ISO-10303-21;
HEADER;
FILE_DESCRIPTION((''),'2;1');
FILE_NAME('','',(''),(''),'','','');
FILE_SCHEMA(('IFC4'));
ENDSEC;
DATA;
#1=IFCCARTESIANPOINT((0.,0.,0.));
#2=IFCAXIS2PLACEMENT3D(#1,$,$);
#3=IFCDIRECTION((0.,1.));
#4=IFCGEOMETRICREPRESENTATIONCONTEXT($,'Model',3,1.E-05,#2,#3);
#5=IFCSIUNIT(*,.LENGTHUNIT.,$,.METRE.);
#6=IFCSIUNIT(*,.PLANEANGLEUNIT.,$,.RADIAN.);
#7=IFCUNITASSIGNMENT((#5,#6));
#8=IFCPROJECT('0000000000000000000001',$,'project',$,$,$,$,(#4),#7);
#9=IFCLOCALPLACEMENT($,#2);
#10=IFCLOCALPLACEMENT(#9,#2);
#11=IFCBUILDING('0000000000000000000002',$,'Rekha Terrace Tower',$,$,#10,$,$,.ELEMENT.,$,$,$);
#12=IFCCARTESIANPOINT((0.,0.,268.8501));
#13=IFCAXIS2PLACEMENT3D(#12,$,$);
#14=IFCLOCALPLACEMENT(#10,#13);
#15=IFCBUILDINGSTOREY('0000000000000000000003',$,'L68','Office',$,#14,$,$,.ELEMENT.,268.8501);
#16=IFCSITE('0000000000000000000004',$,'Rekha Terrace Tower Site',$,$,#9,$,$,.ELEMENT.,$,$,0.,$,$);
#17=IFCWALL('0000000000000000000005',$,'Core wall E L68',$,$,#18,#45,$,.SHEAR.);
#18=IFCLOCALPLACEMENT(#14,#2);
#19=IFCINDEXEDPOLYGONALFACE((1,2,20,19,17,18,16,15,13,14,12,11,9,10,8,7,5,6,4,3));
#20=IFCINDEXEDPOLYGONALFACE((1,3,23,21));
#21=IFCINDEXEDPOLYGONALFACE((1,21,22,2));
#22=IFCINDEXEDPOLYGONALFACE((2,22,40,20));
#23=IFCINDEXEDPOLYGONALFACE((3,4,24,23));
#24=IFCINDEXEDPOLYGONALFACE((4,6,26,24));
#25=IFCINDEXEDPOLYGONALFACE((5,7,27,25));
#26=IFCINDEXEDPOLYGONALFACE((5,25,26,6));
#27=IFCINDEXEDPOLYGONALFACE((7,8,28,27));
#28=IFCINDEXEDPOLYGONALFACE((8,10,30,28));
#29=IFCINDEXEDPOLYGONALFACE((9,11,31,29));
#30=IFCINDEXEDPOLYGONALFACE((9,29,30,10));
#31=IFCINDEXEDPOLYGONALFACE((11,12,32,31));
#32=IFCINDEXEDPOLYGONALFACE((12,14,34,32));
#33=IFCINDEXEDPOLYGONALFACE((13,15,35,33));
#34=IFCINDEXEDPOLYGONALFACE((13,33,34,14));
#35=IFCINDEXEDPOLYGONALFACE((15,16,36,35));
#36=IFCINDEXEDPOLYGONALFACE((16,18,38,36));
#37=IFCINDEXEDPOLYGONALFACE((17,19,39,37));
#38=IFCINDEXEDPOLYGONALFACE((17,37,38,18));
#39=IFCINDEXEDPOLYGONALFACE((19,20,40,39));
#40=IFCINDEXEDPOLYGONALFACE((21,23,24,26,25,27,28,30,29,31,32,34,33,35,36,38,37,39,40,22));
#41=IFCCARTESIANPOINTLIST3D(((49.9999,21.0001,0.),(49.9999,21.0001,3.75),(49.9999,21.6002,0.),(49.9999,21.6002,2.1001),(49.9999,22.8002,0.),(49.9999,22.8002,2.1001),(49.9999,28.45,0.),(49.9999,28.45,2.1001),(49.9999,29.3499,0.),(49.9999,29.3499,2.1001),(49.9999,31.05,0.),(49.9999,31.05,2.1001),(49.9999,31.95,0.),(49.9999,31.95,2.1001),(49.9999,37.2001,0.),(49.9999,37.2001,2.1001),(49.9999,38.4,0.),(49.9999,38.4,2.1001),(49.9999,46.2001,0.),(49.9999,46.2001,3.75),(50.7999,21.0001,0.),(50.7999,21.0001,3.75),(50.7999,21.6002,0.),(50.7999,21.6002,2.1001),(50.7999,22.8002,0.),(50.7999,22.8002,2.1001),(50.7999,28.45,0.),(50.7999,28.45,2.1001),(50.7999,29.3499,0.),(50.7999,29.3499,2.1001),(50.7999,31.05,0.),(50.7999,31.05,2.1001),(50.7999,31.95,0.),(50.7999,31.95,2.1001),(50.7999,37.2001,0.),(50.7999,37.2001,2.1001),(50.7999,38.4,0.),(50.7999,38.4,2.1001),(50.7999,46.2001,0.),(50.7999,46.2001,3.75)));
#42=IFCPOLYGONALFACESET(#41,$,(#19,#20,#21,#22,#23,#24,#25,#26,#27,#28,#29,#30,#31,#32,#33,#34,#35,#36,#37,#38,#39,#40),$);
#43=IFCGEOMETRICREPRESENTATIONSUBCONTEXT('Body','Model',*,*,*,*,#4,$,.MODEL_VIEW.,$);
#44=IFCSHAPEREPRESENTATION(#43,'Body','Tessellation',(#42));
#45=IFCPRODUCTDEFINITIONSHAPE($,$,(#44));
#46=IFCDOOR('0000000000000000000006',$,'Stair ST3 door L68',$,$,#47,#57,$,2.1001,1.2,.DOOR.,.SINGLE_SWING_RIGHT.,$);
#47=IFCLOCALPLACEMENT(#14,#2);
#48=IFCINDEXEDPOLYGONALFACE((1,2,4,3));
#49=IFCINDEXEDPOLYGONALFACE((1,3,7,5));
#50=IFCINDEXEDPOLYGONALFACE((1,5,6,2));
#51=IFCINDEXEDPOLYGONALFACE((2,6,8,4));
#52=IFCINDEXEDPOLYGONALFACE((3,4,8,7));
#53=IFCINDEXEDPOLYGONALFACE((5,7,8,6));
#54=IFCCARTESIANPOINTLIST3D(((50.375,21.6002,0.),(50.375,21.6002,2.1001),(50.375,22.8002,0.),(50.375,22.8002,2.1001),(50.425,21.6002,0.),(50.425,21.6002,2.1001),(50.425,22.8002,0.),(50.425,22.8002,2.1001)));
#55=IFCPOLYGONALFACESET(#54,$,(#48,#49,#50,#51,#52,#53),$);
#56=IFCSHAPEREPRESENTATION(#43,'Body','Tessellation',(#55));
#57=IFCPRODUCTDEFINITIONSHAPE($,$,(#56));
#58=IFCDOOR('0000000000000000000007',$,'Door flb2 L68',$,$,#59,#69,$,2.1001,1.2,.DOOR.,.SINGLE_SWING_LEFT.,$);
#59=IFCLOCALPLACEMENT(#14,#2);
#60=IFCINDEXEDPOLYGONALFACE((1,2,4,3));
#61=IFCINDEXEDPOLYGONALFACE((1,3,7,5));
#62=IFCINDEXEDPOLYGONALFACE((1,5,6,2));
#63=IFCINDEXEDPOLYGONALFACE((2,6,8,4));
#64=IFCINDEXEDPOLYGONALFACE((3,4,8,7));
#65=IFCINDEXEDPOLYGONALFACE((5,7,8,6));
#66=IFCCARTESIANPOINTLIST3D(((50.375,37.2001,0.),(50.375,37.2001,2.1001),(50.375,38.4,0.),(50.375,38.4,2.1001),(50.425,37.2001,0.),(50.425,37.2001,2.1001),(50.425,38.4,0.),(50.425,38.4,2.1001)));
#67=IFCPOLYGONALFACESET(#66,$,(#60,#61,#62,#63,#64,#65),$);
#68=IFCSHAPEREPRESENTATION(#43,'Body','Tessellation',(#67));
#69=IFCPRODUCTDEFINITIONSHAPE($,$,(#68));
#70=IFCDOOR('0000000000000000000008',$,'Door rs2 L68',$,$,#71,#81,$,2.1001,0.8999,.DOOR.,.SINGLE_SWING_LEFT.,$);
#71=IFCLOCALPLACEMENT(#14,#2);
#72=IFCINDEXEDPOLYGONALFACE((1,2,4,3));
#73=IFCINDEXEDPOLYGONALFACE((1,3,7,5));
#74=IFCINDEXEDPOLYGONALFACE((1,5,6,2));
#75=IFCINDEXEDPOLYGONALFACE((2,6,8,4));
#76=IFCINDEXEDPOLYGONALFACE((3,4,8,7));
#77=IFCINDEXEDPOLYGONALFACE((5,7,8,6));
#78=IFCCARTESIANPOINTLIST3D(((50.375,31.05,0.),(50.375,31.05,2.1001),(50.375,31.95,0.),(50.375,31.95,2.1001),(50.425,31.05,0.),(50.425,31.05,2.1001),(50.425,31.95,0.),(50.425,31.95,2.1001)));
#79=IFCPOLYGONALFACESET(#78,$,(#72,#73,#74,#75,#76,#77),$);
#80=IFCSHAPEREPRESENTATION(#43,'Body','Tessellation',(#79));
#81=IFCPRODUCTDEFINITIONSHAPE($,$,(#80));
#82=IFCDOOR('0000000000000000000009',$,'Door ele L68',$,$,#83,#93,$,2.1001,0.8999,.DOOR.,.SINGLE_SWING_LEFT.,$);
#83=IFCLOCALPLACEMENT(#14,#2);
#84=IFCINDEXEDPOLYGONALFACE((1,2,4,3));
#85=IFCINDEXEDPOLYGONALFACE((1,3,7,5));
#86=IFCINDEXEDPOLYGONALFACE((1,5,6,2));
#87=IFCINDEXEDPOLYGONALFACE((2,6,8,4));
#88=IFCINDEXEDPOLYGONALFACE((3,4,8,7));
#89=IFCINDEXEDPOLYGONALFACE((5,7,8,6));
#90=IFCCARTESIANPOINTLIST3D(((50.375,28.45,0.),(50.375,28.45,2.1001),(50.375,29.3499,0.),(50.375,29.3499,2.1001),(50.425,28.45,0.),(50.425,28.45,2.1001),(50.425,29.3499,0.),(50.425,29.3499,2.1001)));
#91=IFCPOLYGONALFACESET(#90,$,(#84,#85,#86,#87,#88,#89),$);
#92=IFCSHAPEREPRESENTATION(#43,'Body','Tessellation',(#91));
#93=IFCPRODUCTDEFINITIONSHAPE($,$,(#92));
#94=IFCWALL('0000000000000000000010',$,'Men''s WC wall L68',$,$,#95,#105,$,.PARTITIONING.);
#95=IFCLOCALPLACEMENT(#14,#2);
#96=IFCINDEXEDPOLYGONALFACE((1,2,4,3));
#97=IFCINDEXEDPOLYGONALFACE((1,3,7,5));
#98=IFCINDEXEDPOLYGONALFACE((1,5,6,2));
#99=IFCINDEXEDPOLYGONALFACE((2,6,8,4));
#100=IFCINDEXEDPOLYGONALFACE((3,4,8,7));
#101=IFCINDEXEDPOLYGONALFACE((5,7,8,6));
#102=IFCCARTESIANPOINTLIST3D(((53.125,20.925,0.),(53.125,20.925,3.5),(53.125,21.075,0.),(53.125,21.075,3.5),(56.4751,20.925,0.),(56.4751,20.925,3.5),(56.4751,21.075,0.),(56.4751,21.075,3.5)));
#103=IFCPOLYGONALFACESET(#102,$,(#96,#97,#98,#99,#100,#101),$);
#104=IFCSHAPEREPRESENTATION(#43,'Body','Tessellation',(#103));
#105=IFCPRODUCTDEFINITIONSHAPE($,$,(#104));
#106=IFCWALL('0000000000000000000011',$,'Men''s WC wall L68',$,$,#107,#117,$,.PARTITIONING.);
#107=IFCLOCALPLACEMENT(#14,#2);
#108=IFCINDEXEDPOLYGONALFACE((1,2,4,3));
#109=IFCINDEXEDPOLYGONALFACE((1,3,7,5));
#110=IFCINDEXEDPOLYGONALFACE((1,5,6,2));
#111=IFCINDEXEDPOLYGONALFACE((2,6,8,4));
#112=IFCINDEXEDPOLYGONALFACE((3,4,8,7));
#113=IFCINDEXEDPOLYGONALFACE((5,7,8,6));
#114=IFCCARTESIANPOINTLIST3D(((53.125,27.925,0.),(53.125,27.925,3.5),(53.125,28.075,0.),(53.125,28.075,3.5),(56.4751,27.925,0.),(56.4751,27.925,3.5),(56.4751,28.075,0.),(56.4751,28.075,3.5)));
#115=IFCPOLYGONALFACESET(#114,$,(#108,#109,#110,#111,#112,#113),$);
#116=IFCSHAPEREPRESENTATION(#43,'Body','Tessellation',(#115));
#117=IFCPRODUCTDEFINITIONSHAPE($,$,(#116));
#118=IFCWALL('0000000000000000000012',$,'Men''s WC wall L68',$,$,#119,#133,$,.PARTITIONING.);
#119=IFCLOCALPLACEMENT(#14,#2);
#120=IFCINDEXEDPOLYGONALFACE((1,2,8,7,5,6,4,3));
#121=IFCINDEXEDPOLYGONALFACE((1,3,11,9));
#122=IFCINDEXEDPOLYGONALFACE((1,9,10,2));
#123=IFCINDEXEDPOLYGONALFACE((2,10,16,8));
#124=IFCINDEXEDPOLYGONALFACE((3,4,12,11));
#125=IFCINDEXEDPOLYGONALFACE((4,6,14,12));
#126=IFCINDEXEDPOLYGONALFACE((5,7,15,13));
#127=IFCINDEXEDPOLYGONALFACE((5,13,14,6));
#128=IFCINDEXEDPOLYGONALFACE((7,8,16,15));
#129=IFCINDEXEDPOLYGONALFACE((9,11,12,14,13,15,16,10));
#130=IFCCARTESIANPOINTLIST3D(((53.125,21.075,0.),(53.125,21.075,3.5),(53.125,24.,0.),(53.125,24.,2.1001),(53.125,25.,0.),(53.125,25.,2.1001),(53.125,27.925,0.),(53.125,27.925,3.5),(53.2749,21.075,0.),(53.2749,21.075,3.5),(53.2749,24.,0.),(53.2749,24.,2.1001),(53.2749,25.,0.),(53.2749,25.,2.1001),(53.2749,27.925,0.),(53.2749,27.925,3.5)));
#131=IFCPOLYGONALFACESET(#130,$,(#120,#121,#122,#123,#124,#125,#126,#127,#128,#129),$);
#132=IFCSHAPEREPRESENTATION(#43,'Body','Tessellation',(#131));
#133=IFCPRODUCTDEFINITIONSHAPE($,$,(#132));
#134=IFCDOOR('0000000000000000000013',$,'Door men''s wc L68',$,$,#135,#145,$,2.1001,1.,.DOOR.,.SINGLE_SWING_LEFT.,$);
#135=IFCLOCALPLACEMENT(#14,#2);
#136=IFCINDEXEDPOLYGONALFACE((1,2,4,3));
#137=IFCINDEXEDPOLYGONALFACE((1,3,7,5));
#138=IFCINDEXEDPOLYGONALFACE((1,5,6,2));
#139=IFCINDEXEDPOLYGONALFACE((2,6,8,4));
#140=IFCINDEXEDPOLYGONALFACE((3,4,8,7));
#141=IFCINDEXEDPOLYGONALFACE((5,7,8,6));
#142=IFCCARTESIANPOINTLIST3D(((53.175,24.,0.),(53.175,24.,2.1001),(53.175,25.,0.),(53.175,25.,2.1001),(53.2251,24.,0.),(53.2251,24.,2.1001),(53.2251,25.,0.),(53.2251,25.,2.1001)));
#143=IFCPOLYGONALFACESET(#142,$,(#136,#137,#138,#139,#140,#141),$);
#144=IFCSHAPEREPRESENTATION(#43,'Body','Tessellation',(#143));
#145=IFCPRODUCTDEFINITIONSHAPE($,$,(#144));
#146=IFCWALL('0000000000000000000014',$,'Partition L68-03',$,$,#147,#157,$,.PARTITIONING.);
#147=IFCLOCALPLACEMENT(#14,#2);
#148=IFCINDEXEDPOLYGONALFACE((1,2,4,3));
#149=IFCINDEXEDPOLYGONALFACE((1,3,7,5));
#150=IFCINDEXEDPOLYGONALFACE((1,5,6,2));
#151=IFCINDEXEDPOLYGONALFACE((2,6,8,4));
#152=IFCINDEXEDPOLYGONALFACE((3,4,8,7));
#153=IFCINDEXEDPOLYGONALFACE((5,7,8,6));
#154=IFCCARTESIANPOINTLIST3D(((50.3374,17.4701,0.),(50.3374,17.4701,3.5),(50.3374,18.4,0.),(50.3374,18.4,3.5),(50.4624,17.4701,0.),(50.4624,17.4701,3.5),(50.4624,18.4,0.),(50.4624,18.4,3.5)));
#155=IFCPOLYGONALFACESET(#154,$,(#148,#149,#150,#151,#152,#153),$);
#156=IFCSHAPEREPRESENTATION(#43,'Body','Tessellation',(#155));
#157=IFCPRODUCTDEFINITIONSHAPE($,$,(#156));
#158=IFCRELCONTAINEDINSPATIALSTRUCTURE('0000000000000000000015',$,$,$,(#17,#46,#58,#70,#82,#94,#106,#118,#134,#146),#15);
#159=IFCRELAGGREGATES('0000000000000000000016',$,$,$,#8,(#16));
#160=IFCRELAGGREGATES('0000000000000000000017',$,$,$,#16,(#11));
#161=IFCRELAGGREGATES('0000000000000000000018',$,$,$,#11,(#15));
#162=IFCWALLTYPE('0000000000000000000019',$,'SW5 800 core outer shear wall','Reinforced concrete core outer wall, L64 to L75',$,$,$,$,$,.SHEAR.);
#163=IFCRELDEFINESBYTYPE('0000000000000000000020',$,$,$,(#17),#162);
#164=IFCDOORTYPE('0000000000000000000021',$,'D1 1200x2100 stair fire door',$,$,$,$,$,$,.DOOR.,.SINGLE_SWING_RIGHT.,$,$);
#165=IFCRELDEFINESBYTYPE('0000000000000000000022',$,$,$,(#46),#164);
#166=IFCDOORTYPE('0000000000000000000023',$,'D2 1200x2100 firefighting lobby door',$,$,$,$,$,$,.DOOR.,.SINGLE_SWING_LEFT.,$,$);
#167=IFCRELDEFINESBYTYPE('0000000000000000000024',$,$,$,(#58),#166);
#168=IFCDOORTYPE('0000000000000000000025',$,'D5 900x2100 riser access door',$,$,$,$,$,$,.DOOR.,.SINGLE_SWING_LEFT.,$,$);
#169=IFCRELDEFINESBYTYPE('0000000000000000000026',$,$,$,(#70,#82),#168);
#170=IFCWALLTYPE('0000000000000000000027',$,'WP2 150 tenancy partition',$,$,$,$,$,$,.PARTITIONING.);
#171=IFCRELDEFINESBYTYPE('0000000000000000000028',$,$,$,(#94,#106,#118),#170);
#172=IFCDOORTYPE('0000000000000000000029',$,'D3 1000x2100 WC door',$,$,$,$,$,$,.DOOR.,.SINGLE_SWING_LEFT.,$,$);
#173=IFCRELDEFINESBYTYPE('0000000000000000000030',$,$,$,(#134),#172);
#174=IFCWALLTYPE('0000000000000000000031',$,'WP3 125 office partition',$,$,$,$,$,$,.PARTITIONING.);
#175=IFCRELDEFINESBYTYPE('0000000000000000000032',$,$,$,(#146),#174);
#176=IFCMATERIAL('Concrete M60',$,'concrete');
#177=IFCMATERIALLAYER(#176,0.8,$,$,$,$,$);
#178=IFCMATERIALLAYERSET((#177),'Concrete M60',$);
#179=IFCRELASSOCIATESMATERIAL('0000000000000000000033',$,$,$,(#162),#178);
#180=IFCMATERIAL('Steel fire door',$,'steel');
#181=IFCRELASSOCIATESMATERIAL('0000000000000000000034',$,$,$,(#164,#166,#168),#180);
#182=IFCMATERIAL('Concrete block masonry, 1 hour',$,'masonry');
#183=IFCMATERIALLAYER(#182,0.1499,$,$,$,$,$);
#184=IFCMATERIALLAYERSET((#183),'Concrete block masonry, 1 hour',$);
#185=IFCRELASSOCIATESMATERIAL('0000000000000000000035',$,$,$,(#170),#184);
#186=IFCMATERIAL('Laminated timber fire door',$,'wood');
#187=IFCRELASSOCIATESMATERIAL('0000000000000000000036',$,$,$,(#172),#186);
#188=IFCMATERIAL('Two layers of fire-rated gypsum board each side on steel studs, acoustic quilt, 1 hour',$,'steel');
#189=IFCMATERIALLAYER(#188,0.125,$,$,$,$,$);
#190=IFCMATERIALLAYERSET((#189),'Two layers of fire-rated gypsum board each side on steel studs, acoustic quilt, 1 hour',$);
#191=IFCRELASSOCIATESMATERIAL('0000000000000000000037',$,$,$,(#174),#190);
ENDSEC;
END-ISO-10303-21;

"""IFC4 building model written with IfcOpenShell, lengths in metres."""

from ifc_helpers import new_model, si_unit, direction, frame, frame_2d, origin, place, context, subcontext, project, spatial, rectangle, extrude, material, layer, layer_set, type_object, element, fill, save


model = new_model("IFC4")

# Units and contexts
model_context = context("Model", 3, precision=1e-05, world=origin(), true_north=direction((0.0, 1.0)))
body_context = subcontext(model_context, "Body", "Model", "MODEL_VIEW")
ifc_project = project(units=[si_unit("LENGTHUNIT", "METRE"), si_unit("PLANEANGLEUNIT", "RADIAN")], contexts=[model_context])

# Site, building, storey
site_placement = place(None, origin())
site = spatial("IfcSite", under=ifc_project, at=site_placement, Name="Rekha Terrace Tower Site", CompositionType="ELEMENT", RefElevation=0.0)
building_placement = place(site_placement, origin())
building = spatial("IfcBuilding", under=site, at=building_placement, Name="Rekha Terrace Tower", CompositionType="ELEMENT")
storey_placement = place(building_placement, frame((0.0, 0.0, 268.8501)))
storey = spatial("IfcBuildingStorey", under=building, at=storey_placement, Name="L68", Description="Office", CompositionType="ELEMENT", Elevation=268.8501)

# Shared definitions
ifc_material_1 = material(Name="Concrete M60", Category="concrete")

# Wall, openings, doors
ifc_layer_1 = layer(ifc_material_1, 0.8)
ifc_layer_set_1 = layer_set([ifc_layer_1], Name="Concrete M60")
wall_type_1 = type_object("IfcWallType", Name="SW5 800 core outer shear wall", Description="Reinforced concrete core outer wall, L64 to L75", PredefinedType="SHEAR", material=ifc_layer_set_1)
wall_1_placement = place(storey_placement, frame((50.3999, 21.0, 0.0), z_axis=(0.0, 0.0, 1.0), x_axis=(0.0, 1.0, 0.0)))
wall_1 = element("IfcWall", 1, at=wall_1_placement, inside=storey, type_object=wall_type_1, Name="Core wall E L68", PredefinedType="SHEAR", context=body_context, shape_type="SweptSolid", body=[
    extrude(rectangle(XDim=25.2, YDim=0.8, at=frame_2d((12.6001, 0.0))), origin(), (0.0, 0.0, 1.0), 3.75),
])
opening_1_placement = place(wall_1_placement, frame((16.2, 0.0, 0.0)))
opening_1 = element("IfcOpeningElement", 2, at=opening_1_placement, cuts=wall_1, PredefinedType="OPENING", context=body_context, shape_type="SweptSolid", body=[
    extrude(rectangle(XDim=1.2, YDim=2.1001, at=frame_2d((0.6001, 1.05))), frame((0.0, 0.4099, 0.0), z_axis=(0.0, -1.0, 0.0), x_axis=(1.0, 0.0, 0.0)), (0.0, 0.0, 1.0), 0.8201),
])
opening_2_placement = place(wall_1_placement, frame((10.05, 0.0, 0.0)))
opening_2 = element("IfcOpeningElement", 3, at=opening_2_placement, cuts=wall_1, PredefinedType="OPENING", context=body_context, shape_type="SweptSolid", body=[
    extrude(rectangle(XDim=0.8999, YDim=2.1001, at=frame_2d((0.45, 1.05))), frame((0.0, 0.4099, 0.0), z_axis=(0.0, -1.0, 0.0), x_axis=(1.0, 0.0, 0.0)), (0.0, 0.0, 1.0), 0.8201),
])
opening_3_placement = place(wall_1_placement, frame((7.45, 0.0, 0.0)))
opening_3 = element("IfcOpeningElement", 4, at=opening_3_placement, cuts=wall_1, PredefinedType="OPENING", context=body_context, shape_type="SweptSolid", body=[
    extrude(rectangle(XDim=0.8999, YDim=2.1001, at=frame_2d((0.45, 1.05))), frame((0.0, 0.4099, 0.0), z_axis=(0.0, -1.0, 0.0), x_axis=(1.0, 0.0, 0.0)), (0.0, 0.0, 1.0), 0.8201),
])
opening_4_placement = place(wall_1_placement, frame((0.6001, 0.0, 0.0)))
opening_4 = element("IfcOpeningElement", 5, at=opening_4_placement, cuts=wall_1, PredefinedType="OPENING", context=body_context, shape_type="SweptSolid", body=[
    extrude(rectangle(XDim=1.2, YDim=2.1001, at=frame_2d((0.6001, 1.05))), frame((0.0, 0.4099, 0.0), z_axis=(0.0, -1.0, 0.0), x_axis=(1.0, 0.0, 0.0)), (0.0, 0.0, 1.0), 0.8201),
])
ifc_material_2 = material(Name="Steel fire door", Category="steel")
door_type_1 = type_object("IfcDoorType", Name="D1 1200x2100 stair fire door", OperationType="SINGLE_SWING_RIGHT", PredefinedType="DOOR", material=ifc_material_2)
door_1_placement = place(opening_4_placement, origin())
door_1 = element("IfcDoor", 6, at=door_1_placement, inside=storey, type_object=door_type_1, Name="Stair ST3 door L68", OperationType="SINGLE_SWING_RIGHT", OverallHeight=2.1001, OverallWidth=1.2, PredefinedType="DOOR", context=body_context, shape_type="SweptSolid", body=[
    extrude(rectangle(XDim=1.2, YDim=2.1001, at=frame_2d((0.6001, 1.05))), frame((0.0, 0.0249, 0.0), z_axis=(0.0, -1.0, 0.0), x_axis=(1.0, 0.0, 0.0)), (0.0, 0.0, 1.0), 0.05),
])
fill(opening_4, door_1)
door_type_2 = type_object("IfcDoorType", Name="D2 1200x2100 firefighting lobby door", OperationType="SINGLE_SWING_LEFT", PredefinedType="DOOR", material=ifc_material_2)
door_2_placement = place(opening_1_placement, origin())
door_2 = element("IfcDoor", 7, at=door_2_placement, inside=storey, type_object=door_type_2, Name="Door flb2 L68", OperationType="SINGLE_SWING_LEFT", OverallHeight=2.1001, OverallWidth=1.2, PredefinedType="DOOR", context=body_context, shape_type="SweptSolid", body=[
    extrude(rectangle(XDim=1.2, YDim=2.1001, at=frame_2d((0.6001, 1.05))), frame((0.0, 0.0249, 0.0), z_axis=(0.0, -1.0, 0.0), x_axis=(1.0, 0.0, 0.0)), (0.0, 0.0, 1.0), 0.05),
])
fill(opening_1, door_2)
door_type_3 = type_object("IfcDoorType", Name="D5 900x2100 riser access door", OperationType="SINGLE_SWING_LEFT", PredefinedType="DOOR", material=ifc_material_2)
door_3_placement = place(opening_2_placement, origin())
door_3 = element("IfcDoor", 8, at=door_3_placement, inside=storey, type_object=door_type_3, Name="Door rs2 L68", OperationType="SINGLE_SWING_LEFT", OverallHeight=2.1001, OverallWidth=0.8999, PredefinedType="DOOR", context=body_context, shape_type="SweptSolid", body=[
    extrude(rectangle(XDim=0.8999, YDim=2.1001, at=frame_2d((0.45, 1.05))), frame((0.0, 0.0249, 0.0), z_axis=(0.0, -1.0, 0.0), x_axis=(1.0, 0.0, 0.0)), (0.0, 0.0, 1.0), 0.05),
])
fill(opening_2, door_3)
door_4_placement = place(opening_3_placement, origin())
door_4 = element("IfcDoor", 9, at=door_4_placement, inside=storey, type_object=door_type_3, Name="Door ele L68", OperationType="SINGLE_SWING_LEFT", OverallHeight=2.1001, OverallWidth=0.8999, PredefinedType="DOOR", context=body_context, shape_type="SweptSolid", body=[
    extrude(rectangle(XDim=0.8999, YDim=2.1001, at=frame_2d((0.45, 1.05))), frame((0.0, 0.0249, 0.0), z_axis=(0.0, -1.0, 0.0), x_axis=(1.0, 0.0, 0.0)), (0.0, 0.0, 1.0), 0.05),
])
fill(opening_3, door_4)

# Walls
ifc_material_3 = material(Name="Concrete block masonry, 1 hour", Category="masonry")
ifc_layer_2 = layer(ifc_material_3, 0.1499)
ifc_layer_set_2 = layer_set([ifc_layer_2], Name="Concrete block masonry, 1 hour")
wall_type_2 = type_object("IfcWallType", Name="WP2 150 tenancy partition", PredefinedType="PARTITIONING", material=ifc_layer_set_2)
for number, where, z_axis, x_axis, name in (
    (10, (53.125, 21.0, 0.0), (0.0, 0.0, 1.0), (1.0, 0.0, 0.0), "Men's WC wall L68"),
    (11, (53.125, 28.0, 0.0), (0.0, 0.0, 1.0), (1.0, 0.0, 0.0), "Men's WC wall L68"),
):
    element("IfcWall", number, at=place(storey_placement, frame(where, z_axis=z_axis, x_axis=x_axis)), inside=storey, type_object=wall_type_2, Name=name, PredefinedType="PARTITIONING", context=body_context, shape_type="SweptSolid", body=[
        extrude(rectangle(XDim=3.3501, YDim=0.1499, at=frame_2d((1.675, 0.0))), origin(), (0.0, 0.0, 1.0), 3.5),
    ])

# Wall, opening, door
wall_2_placement = place(storey_placement, frame((53.2, 21.075, 0.0), z_axis=(0.0, 0.0, 1.0), x_axis=(0.0, 1.0, 0.0)))
wall_2 = element("IfcWall", 12, at=wall_2_placement, inside=storey, type_object=wall_type_2, Name="Men's WC wall L68", PredefinedType="PARTITIONING", context=body_context, shape_type="SweptSolid", body=[
    extrude(rectangle(XDim=6.8501, YDim=0.1499, at=frame_2d((3.425, 0.0))), origin(), (0.0, 0.0, 1.0), 3.5),
])
opening_5_placement = place(wall_2_placement, frame((2.925, 0.0, 0.0)))
opening_5 = element("IfcOpeningElement", 13, at=opening_5_placement, cuts=wall_2, PredefinedType="OPENING", context=body_context, shape_type="SweptSolid", body=[
    extrude(rectangle(XDim=1.0, YDim=2.1001, at=frame_2d((0.5, 1.05))), frame((0.0, 0.085, 0.0), z_axis=(0.0, -1.0, 0.0), x_axis=(1.0, 0.0, 0.0)), (0.0, 0.0, 1.0), 0.1699),
])
ifc_material_4 = material(Name="Laminated timber fire door", Category="wood")
door_type_4 = type_object("IfcDoorType", Name="D3 1000x2100 WC door", OperationType="SINGLE_SWING_LEFT", PredefinedType="DOOR", material=ifc_material_4)
door_5_placement = place(opening_5_placement, origin())
door_5 = element("IfcDoor", 14, at=door_5_placement, inside=storey, type_object=door_type_4, Name="Door men's wc L68", OperationType="SINGLE_SWING_LEFT", OverallHeight=2.1001, OverallWidth=1.0, PredefinedType="DOOR", context=body_context, shape_type="SweptSolid", body=[
    extrude(rectangle(XDim=1.0, YDim=2.1001, at=frame_2d((0.5, 1.05))), frame((0.0, 0.0249, 0.0), z_axis=(0.0, -1.0, 0.0), x_axis=(1.0, 0.0, 0.0)), (0.0, 0.0, 1.0), 0.05),
])
fill(opening_5, door_5)

# Wall
ifc_material_5 = material(Name="Two layers of fire-rated gypsum board each side on steel studs, acoustic quilt, 1 hour", Category="steel")
ifc_layer_3 = layer(ifc_material_5, 0.125)
ifc_layer_set_3 = layer_set([ifc_layer_3], Name="Two layers of fire-rated gypsum board each side on steel studs, acoustic quilt, 1 hour")
wall_type_3 = type_object("IfcWallType", Name="WP3 125 office partition", PredefinedType="PARTITIONING", material=ifc_layer_set_3)
wall_3_placement = place(storey_placement, frame((50.3999, 18.3999, 0.0), z_axis=(0.0, 0.0, 1.0), x_axis=(0.0, -1.0, 0.0)))
element("IfcWall", 15, at=wall_3_placement, inside=storey, type_object=wall_type_3, Name="Partition L68-03", PredefinedType="PARTITIONING", context=body_context, shape_type="SweptSolid", body=[
    extrude(rectangle(XDim=0.9299, YDim=0.125, at=frame_2d((0.4648, 0.0))), origin(), (0.0, 0.0, 1.0), 3.5),
])

save(model, "model.ifc")
